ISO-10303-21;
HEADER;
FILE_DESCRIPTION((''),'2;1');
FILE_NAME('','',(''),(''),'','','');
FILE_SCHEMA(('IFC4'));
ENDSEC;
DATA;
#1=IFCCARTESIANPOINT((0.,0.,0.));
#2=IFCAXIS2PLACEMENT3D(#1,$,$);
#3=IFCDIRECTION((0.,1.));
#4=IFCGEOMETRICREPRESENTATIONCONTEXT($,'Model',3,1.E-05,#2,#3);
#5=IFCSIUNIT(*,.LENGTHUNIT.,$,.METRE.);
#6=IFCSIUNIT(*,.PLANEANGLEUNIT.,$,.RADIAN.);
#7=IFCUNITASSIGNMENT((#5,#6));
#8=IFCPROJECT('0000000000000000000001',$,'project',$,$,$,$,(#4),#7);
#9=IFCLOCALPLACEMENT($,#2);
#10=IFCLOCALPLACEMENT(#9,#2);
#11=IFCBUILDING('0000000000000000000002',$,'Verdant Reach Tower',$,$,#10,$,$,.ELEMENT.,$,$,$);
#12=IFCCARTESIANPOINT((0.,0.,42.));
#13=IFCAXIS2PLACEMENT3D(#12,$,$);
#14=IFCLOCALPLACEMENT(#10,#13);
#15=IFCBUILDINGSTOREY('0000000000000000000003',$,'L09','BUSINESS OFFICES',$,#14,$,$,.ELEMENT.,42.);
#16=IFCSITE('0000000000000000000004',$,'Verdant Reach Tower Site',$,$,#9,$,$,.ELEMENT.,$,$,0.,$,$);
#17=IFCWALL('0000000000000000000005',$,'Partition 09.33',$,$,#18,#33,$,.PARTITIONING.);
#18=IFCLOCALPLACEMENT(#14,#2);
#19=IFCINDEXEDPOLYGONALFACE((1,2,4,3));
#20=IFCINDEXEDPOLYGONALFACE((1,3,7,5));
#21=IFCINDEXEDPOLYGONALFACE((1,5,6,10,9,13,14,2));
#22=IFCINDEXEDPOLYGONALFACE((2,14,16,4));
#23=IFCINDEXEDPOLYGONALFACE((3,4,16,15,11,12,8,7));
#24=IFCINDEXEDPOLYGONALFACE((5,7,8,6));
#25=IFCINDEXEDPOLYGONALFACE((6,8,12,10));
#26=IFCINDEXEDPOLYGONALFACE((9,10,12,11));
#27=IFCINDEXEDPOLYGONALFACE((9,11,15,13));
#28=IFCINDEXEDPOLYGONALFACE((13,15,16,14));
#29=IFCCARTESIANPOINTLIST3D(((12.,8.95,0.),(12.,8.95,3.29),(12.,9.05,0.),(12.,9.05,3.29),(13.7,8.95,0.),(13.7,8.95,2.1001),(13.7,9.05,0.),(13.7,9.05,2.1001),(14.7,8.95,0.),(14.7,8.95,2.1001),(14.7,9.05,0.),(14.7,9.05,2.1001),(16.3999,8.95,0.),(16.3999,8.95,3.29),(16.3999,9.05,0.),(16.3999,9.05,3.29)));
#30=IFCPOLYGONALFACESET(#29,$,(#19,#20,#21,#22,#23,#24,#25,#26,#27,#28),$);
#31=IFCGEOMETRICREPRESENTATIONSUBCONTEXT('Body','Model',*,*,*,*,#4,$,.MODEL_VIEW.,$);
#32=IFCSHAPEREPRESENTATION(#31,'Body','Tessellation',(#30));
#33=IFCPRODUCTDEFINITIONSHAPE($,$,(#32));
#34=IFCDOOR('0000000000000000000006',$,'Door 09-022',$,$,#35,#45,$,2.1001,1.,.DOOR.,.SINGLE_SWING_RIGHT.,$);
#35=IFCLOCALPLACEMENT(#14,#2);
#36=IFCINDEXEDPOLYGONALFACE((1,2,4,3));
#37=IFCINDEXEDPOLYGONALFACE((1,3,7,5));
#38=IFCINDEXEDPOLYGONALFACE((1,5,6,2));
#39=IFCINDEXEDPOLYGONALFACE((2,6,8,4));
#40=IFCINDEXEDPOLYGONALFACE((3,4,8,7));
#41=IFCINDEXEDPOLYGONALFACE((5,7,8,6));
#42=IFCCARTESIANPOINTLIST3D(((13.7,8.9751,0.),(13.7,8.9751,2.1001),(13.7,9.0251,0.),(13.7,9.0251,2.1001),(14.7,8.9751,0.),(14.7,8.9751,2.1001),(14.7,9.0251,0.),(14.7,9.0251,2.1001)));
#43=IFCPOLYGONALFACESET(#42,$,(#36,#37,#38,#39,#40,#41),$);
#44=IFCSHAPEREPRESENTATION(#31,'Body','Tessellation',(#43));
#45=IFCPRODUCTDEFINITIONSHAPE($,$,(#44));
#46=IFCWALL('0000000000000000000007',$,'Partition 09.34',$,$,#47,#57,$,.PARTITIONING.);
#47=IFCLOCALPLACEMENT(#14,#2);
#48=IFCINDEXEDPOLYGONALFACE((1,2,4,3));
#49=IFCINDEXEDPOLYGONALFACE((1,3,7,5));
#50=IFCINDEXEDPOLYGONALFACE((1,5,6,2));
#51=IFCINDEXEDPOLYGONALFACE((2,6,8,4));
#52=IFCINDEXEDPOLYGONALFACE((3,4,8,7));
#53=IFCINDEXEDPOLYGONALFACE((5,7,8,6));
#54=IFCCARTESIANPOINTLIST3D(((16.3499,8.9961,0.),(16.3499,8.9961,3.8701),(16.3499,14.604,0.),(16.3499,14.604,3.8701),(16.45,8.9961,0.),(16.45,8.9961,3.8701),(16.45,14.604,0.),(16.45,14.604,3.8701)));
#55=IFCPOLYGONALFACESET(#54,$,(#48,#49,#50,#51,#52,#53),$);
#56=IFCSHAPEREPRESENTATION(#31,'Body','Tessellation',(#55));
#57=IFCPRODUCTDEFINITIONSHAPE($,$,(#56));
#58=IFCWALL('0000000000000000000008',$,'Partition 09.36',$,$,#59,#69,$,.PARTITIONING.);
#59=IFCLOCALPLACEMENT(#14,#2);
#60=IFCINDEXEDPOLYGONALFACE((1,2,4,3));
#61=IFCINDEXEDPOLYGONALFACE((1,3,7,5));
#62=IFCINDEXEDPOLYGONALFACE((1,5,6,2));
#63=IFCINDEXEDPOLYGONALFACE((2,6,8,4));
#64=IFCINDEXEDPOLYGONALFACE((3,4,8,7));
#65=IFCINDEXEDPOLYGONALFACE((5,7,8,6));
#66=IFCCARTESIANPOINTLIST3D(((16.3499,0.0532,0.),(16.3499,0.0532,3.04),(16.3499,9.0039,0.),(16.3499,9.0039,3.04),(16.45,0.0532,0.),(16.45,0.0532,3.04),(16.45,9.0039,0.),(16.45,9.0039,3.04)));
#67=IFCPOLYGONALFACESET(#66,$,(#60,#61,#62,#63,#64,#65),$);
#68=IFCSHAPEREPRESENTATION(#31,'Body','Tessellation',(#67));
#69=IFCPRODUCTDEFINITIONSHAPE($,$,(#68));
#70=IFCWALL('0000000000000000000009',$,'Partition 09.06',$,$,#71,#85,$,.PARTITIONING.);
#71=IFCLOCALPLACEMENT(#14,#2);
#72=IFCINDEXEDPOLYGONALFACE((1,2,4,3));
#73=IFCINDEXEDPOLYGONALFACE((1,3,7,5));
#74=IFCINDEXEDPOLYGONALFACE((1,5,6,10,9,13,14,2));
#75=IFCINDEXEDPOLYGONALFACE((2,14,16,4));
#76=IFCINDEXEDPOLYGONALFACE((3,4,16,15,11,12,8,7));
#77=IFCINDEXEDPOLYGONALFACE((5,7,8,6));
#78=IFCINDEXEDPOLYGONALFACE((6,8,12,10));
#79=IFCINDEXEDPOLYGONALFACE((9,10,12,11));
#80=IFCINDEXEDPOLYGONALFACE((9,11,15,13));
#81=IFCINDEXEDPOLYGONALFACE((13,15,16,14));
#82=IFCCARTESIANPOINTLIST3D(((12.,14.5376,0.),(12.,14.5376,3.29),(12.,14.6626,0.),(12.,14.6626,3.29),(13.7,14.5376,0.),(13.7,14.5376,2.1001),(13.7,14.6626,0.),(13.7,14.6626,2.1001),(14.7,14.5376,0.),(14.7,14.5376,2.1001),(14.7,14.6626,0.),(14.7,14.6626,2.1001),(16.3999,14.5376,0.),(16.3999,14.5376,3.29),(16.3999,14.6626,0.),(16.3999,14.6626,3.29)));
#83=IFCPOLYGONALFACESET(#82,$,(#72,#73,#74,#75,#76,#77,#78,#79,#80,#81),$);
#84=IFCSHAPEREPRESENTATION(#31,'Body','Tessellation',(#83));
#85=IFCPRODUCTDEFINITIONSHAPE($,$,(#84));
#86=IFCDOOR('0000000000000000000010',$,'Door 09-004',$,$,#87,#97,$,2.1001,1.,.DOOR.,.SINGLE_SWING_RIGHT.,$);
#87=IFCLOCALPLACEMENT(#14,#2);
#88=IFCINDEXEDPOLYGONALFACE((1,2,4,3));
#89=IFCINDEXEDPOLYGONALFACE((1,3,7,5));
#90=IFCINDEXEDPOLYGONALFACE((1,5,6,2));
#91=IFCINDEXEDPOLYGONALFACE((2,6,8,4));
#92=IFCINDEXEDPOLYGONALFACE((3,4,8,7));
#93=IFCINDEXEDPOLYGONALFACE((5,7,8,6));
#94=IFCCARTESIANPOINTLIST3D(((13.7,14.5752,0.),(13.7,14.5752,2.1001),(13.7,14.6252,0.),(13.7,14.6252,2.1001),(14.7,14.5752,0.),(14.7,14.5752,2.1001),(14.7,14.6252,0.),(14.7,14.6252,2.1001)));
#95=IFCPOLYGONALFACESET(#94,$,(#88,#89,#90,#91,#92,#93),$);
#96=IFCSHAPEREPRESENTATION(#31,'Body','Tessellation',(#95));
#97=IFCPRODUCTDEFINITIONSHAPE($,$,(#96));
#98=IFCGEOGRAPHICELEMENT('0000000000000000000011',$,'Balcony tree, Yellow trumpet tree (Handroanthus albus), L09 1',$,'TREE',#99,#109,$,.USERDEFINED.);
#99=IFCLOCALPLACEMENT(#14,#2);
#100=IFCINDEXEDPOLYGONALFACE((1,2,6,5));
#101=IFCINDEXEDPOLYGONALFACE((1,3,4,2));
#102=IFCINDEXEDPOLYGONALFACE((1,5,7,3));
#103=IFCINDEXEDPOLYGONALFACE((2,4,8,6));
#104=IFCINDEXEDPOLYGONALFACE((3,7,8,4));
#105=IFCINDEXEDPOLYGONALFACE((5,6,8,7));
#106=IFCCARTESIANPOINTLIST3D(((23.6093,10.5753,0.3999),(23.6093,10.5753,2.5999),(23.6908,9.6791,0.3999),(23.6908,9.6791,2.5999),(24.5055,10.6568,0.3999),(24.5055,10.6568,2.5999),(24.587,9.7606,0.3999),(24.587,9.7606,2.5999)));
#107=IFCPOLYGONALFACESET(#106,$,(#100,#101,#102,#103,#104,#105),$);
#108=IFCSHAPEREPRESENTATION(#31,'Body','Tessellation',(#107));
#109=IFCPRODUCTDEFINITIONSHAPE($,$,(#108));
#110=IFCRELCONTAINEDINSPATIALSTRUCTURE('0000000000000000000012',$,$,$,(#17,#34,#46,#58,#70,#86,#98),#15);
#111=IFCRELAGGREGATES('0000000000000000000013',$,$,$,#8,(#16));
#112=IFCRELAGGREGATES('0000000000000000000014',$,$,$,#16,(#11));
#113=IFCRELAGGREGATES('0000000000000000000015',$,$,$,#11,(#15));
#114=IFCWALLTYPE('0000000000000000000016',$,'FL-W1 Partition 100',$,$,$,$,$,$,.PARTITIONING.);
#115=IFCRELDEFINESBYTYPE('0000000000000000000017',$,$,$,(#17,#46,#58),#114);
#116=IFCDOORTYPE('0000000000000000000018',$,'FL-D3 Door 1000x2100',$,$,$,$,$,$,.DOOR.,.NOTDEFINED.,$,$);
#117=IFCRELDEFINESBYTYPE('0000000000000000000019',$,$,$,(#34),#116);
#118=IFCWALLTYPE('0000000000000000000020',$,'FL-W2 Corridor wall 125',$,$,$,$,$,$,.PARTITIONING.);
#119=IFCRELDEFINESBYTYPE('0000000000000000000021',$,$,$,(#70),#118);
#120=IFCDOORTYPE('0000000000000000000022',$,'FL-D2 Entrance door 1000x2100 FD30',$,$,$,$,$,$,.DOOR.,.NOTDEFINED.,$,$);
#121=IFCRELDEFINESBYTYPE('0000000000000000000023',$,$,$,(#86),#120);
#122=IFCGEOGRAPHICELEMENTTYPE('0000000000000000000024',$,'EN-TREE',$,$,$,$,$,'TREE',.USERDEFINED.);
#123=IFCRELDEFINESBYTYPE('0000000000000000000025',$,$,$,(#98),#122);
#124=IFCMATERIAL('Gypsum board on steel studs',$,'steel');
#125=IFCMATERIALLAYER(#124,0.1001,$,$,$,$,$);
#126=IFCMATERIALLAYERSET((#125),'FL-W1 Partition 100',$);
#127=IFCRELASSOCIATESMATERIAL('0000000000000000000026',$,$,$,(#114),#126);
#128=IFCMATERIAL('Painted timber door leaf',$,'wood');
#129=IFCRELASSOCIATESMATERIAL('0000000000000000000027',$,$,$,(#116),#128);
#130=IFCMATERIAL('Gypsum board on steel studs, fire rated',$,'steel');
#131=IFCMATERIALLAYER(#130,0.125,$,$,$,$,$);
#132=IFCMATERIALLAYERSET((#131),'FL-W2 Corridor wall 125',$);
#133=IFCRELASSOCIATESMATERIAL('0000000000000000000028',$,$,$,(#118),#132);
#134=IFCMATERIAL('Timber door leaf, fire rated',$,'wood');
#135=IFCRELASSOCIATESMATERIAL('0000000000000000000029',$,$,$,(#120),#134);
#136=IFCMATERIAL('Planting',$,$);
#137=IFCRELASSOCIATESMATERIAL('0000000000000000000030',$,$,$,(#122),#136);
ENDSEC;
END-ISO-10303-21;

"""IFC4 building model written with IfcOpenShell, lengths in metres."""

from ifc_helpers import new_model, si_unit, direction, frame, frame_2d, origin, origin_2d, place, context, subcontext, project, spatial, rectangle, extrude, material, layer, layer_set, type_object, element, fill, save


model = new_model("IFC4")

# Units and contexts
model_context = context("Model", 3, precision=1e-05, world=origin(), true_north=direction((0.0, 1.0)))
body_context = subcontext(model_context, "Body", "Model", "MODEL_VIEW")
ifc_project = project(units=[si_unit("LENGTHUNIT", "METRE"), si_unit("PLANEANGLEUNIT", "RADIAN")], contexts=[model_context])

# Site, building, storey
site_placement = place(None, origin())
site = spatial("IfcSite", under=ifc_project, at=site_placement, Name="Verdant Reach Tower Site", CompositionType="ELEMENT", RefElevation=0.0)
building_placement = place(site_placement, origin())
building = spatial("IfcBuilding", under=site, at=building_placement, Name="Verdant Reach Tower", CompositionType="ELEMENT")
storey_placement = place(building_placement, frame((0.0, 0.0, 42.0)))
storey = spatial("IfcBuildingStorey", under=building, at=storey_placement, Name="L09", Description="BUSINESS OFFICES", CompositionType="ELEMENT", Elevation=42.0)

# Wall, opening, door
ifc_material_1 = material(Name="Gypsum board on steel studs", Category="steel")
ifc_layer_1 = layer(ifc_material_1, 0.1001)
ifc_layer_set_1 = layer_set([ifc_layer_1], Name="FL-W1 Partition 100")
wall_type_1 = type_object("IfcWallType", Name="FL-W1 Partition 100", PredefinedType="PARTITIONING", material=ifc_layer_set_1)
wall_1_placement = place(storey_placement, frame((16.3999, 9.0, 0.0), z_axis=(0.0, 0.0, 1.0), x_axis=(-1.0, 0.0, 0.0)))
wall_1 = element("IfcWall", 1, at=wall_1_placement, inside=storey, type_object=wall_type_1, Name="Partition 09.33", PredefinedType="PARTITIONING", context=body_context, shape_type="SweptSolid", body=[
    extrude(rectangle(XDim=4.3999, YDim=0.1001, at=frame_2d((2.2, 0.0))), origin(), (0.0, 0.0, 1.0), 3.29),
])
opening_1_placement = place(wall_1_placement, frame((1.7, 0.0, 0.0)))
opening_1 = element("IfcOpeningElement", 2, at=opening_1_placement, cuts=wall_1, PredefinedType="OPENING", context=body_context, shape_type="SweptSolid", body=[
    extrude(rectangle(XDim=1.0, YDim=2.1001, at=frame_2d((0.5, 1.05))), frame((0.0, 0.0601, 0.0), z_axis=(0.0, -1.0, 0.0), x_axis=(1.0, 0.0, 0.0)), (0.0, 0.0, 1.0), 0.1201),
])
ifc_material_2 = material(Name="Painted timber door leaf", Category="wood")
door_type_1 = type_object("IfcDoorType", Name="FL-D3 Door 1000x2100", OperationType="NOTDEFINED", PredefinedType="DOOR", material=ifc_material_2)
door_1_placement = place(opening_1_placement, origin())
door_1 = element("IfcDoor", 3, at=door_1_placement, inside=storey, type_object=door_type_1, Name="Door 09-022", OperationType="SINGLE_SWING_RIGHT", OverallHeight=2.1001, OverallWidth=1.0, PredefinedType="DOOR", context=body_context, shape_type="SweptSolid", body=[
    extrude(rectangle(XDim=1.0, YDim=2.1001, at=frame_2d((0.5, 1.05))), frame((0.0, 0.0249, 0.0), z_axis=(0.0, -1.0, 0.0), x_axis=(1.0, 0.0, 0.0)), (0.0, 0.0, 1.0), 0.05),
])
fill(opening_1, door_1)

# Walls
wall_2_placement = place(storey_placement, frame((16.3999, 8.9961, 0.0), z_axis=(0.0, 0.0, 1.0), x_axis=(0.0, 1.0, 0.0)))
element("IfcWall", 4, at=wall_2_placement, inside=storey, type_object=wall_type_1, Name="Partition 09.34", PredefinedType="PARTITIONING", context=body_context, shape_type="SweptSolid", body=[
    extrude(rectangle(XDim=5.6079, YDim=0.1001, at=frame_2d((2.804, 0.0))), origin(), (0.0, 0.0, 1.0), 3.8701),
])
wall_3_placement = place(storey_placement, frame((16.3999, 0.0532, 0.0), z_axis=(0.0, 0.0, 1.0), x_axis=(0.0, 1.0, 0.0)))
element("IfcWall", 5, at=wall_3_placement, inside=storey, type_object=wall_type_1, Name="Partition 09.36", PredefinedType="PARTITIONING", context=body_context, shape_type="SweptSolid", body=[
    extrude(rectangle(XDim=8.9507, YDim=0.1001, at=frame_2d((4.4753, 0.0))), origin(), (0.0, 0.0, 1.0), 3.04),
])

# Wall, opening, door
ifc_material_3 = material(Name="Gypsum board on steel studs, fire rated", Category="steel")
ifc_layer_2 = layer(ifc_material_3, 0.125)
ifc_layer_set_2 = layer_set([ifc_layer_2], Name="FL-W2 Corridor wall 125")
wall_type_2 = type_object("IfcWallType", Name="FL-W2 Corridor wall 125", PredefinedType="PARTITIONING", material=ifc_layer_set_2)
wall_4_placement = place(storey_placement, frame((16.3999, 14.6001, 0.0), z_axis=(0.0, 0.0, 1.0), x_axis=(-1.0, 0.0, 0.0)))
wall_4 = element("IfcWall", 6, at=wall_4_placement, inside=storey, type_object=wall_type_2, Name="Partition 09.06", PredefinedType="PARTITIONING", context=body_context, shape_type="SweptSolid", body=[
    extrude(rectangle(XDim=4.3999, YDim=0.125, at=frame_2d((2.2, 0.0))), origin(), (0.0, 0.0, 1.0), 3.29),
])
opening_2_placement = place(wall_4_placement, frame((1.7, 0.0, 0.0)))
opening_2 = element("IfcOpeningElement", 7, at=opening_2_placement, cuts=wall_4, PredefinedType="OPENING", context=body_context, shape_type="SweptSolid", body=[
    extrude(rectangle(XDim=1.0, YDim=2.1001, at=frame_2d((0.5, 1.05))), frame((0.0, 0.0725, 0.0), z_axis=(0.0, -1.0, 0.0), x_axis=(1.0, 0.0, 0.0)), (0.0, 0.0, 1.0), 0.145),
])
ifc_material_4 = material(Name="Timber door leaf, fire rated", Category="wood")
door_type_2 = type_object("IfcDoorType", Name="FL-D2 Entrance door 1000x2100 FD30", OperationType="NOTDEFINED", PredefinedType="DOOR", material=ifc_material_4)
door_2_placement = place(opening_2_placement, origin())
door_2 = element("IfcDoor", 8, at=door_2_placement, inside=storey, type_object=door_type_2, Name="Door 09-004", OperationType="SINGLE_SWING_RIGHT", OverallHeight=2.1001, OverallWidth=1.0, PredefinedType="DOOR", context=body_context, shape_type="SweptSolid", body=[
    extrude(rectangle(XDim=1.0, YDim=2.1001, at=frame_2d((0.5, 1.05))), frame((0.0, 0.0249, 0.0), z_axis=(0.0, -1.0, 0.0), x_axis=(1.0, 0.0, 0.0)), (0.0, 0.0, 1.0), 0.05),
])
fill(opening_2, door_2)

# Geographic element
ifc_material_5 = material(Name="Planting")
geographic_element_type = type_object("IfcGeographicElementType", Name="EN-TREE", ElementType="TREE", PredefinedType="USERDEFINED", material=ifc_material_5)
geographic_element_placement = place(storey_placement, frame((24.0981, 10.168, 0.3999), z_axis=(0.0, 0.0, 1.0), x_axis=(-0.090536, 0.995893, 0.0)))
element("IfcGeographicElement", 9, at=geographic_element_placement, inside=storey, type_object=geographic_element_type, Name="Balcony tree, Yellow trumpet tree (Handroanthus albus), L09 1", ObjectType="TREE", PredefinedType="USERDEFINED", context=body_context, shape_type="SweptSolid", body=[
    extrude(rectangle(XDim=0.8999, YDim=0.8999, at=origin_2d()), origin(), (0.0, 0.0, 1.0), 2.2),
])

save(model, "model.ifc")
